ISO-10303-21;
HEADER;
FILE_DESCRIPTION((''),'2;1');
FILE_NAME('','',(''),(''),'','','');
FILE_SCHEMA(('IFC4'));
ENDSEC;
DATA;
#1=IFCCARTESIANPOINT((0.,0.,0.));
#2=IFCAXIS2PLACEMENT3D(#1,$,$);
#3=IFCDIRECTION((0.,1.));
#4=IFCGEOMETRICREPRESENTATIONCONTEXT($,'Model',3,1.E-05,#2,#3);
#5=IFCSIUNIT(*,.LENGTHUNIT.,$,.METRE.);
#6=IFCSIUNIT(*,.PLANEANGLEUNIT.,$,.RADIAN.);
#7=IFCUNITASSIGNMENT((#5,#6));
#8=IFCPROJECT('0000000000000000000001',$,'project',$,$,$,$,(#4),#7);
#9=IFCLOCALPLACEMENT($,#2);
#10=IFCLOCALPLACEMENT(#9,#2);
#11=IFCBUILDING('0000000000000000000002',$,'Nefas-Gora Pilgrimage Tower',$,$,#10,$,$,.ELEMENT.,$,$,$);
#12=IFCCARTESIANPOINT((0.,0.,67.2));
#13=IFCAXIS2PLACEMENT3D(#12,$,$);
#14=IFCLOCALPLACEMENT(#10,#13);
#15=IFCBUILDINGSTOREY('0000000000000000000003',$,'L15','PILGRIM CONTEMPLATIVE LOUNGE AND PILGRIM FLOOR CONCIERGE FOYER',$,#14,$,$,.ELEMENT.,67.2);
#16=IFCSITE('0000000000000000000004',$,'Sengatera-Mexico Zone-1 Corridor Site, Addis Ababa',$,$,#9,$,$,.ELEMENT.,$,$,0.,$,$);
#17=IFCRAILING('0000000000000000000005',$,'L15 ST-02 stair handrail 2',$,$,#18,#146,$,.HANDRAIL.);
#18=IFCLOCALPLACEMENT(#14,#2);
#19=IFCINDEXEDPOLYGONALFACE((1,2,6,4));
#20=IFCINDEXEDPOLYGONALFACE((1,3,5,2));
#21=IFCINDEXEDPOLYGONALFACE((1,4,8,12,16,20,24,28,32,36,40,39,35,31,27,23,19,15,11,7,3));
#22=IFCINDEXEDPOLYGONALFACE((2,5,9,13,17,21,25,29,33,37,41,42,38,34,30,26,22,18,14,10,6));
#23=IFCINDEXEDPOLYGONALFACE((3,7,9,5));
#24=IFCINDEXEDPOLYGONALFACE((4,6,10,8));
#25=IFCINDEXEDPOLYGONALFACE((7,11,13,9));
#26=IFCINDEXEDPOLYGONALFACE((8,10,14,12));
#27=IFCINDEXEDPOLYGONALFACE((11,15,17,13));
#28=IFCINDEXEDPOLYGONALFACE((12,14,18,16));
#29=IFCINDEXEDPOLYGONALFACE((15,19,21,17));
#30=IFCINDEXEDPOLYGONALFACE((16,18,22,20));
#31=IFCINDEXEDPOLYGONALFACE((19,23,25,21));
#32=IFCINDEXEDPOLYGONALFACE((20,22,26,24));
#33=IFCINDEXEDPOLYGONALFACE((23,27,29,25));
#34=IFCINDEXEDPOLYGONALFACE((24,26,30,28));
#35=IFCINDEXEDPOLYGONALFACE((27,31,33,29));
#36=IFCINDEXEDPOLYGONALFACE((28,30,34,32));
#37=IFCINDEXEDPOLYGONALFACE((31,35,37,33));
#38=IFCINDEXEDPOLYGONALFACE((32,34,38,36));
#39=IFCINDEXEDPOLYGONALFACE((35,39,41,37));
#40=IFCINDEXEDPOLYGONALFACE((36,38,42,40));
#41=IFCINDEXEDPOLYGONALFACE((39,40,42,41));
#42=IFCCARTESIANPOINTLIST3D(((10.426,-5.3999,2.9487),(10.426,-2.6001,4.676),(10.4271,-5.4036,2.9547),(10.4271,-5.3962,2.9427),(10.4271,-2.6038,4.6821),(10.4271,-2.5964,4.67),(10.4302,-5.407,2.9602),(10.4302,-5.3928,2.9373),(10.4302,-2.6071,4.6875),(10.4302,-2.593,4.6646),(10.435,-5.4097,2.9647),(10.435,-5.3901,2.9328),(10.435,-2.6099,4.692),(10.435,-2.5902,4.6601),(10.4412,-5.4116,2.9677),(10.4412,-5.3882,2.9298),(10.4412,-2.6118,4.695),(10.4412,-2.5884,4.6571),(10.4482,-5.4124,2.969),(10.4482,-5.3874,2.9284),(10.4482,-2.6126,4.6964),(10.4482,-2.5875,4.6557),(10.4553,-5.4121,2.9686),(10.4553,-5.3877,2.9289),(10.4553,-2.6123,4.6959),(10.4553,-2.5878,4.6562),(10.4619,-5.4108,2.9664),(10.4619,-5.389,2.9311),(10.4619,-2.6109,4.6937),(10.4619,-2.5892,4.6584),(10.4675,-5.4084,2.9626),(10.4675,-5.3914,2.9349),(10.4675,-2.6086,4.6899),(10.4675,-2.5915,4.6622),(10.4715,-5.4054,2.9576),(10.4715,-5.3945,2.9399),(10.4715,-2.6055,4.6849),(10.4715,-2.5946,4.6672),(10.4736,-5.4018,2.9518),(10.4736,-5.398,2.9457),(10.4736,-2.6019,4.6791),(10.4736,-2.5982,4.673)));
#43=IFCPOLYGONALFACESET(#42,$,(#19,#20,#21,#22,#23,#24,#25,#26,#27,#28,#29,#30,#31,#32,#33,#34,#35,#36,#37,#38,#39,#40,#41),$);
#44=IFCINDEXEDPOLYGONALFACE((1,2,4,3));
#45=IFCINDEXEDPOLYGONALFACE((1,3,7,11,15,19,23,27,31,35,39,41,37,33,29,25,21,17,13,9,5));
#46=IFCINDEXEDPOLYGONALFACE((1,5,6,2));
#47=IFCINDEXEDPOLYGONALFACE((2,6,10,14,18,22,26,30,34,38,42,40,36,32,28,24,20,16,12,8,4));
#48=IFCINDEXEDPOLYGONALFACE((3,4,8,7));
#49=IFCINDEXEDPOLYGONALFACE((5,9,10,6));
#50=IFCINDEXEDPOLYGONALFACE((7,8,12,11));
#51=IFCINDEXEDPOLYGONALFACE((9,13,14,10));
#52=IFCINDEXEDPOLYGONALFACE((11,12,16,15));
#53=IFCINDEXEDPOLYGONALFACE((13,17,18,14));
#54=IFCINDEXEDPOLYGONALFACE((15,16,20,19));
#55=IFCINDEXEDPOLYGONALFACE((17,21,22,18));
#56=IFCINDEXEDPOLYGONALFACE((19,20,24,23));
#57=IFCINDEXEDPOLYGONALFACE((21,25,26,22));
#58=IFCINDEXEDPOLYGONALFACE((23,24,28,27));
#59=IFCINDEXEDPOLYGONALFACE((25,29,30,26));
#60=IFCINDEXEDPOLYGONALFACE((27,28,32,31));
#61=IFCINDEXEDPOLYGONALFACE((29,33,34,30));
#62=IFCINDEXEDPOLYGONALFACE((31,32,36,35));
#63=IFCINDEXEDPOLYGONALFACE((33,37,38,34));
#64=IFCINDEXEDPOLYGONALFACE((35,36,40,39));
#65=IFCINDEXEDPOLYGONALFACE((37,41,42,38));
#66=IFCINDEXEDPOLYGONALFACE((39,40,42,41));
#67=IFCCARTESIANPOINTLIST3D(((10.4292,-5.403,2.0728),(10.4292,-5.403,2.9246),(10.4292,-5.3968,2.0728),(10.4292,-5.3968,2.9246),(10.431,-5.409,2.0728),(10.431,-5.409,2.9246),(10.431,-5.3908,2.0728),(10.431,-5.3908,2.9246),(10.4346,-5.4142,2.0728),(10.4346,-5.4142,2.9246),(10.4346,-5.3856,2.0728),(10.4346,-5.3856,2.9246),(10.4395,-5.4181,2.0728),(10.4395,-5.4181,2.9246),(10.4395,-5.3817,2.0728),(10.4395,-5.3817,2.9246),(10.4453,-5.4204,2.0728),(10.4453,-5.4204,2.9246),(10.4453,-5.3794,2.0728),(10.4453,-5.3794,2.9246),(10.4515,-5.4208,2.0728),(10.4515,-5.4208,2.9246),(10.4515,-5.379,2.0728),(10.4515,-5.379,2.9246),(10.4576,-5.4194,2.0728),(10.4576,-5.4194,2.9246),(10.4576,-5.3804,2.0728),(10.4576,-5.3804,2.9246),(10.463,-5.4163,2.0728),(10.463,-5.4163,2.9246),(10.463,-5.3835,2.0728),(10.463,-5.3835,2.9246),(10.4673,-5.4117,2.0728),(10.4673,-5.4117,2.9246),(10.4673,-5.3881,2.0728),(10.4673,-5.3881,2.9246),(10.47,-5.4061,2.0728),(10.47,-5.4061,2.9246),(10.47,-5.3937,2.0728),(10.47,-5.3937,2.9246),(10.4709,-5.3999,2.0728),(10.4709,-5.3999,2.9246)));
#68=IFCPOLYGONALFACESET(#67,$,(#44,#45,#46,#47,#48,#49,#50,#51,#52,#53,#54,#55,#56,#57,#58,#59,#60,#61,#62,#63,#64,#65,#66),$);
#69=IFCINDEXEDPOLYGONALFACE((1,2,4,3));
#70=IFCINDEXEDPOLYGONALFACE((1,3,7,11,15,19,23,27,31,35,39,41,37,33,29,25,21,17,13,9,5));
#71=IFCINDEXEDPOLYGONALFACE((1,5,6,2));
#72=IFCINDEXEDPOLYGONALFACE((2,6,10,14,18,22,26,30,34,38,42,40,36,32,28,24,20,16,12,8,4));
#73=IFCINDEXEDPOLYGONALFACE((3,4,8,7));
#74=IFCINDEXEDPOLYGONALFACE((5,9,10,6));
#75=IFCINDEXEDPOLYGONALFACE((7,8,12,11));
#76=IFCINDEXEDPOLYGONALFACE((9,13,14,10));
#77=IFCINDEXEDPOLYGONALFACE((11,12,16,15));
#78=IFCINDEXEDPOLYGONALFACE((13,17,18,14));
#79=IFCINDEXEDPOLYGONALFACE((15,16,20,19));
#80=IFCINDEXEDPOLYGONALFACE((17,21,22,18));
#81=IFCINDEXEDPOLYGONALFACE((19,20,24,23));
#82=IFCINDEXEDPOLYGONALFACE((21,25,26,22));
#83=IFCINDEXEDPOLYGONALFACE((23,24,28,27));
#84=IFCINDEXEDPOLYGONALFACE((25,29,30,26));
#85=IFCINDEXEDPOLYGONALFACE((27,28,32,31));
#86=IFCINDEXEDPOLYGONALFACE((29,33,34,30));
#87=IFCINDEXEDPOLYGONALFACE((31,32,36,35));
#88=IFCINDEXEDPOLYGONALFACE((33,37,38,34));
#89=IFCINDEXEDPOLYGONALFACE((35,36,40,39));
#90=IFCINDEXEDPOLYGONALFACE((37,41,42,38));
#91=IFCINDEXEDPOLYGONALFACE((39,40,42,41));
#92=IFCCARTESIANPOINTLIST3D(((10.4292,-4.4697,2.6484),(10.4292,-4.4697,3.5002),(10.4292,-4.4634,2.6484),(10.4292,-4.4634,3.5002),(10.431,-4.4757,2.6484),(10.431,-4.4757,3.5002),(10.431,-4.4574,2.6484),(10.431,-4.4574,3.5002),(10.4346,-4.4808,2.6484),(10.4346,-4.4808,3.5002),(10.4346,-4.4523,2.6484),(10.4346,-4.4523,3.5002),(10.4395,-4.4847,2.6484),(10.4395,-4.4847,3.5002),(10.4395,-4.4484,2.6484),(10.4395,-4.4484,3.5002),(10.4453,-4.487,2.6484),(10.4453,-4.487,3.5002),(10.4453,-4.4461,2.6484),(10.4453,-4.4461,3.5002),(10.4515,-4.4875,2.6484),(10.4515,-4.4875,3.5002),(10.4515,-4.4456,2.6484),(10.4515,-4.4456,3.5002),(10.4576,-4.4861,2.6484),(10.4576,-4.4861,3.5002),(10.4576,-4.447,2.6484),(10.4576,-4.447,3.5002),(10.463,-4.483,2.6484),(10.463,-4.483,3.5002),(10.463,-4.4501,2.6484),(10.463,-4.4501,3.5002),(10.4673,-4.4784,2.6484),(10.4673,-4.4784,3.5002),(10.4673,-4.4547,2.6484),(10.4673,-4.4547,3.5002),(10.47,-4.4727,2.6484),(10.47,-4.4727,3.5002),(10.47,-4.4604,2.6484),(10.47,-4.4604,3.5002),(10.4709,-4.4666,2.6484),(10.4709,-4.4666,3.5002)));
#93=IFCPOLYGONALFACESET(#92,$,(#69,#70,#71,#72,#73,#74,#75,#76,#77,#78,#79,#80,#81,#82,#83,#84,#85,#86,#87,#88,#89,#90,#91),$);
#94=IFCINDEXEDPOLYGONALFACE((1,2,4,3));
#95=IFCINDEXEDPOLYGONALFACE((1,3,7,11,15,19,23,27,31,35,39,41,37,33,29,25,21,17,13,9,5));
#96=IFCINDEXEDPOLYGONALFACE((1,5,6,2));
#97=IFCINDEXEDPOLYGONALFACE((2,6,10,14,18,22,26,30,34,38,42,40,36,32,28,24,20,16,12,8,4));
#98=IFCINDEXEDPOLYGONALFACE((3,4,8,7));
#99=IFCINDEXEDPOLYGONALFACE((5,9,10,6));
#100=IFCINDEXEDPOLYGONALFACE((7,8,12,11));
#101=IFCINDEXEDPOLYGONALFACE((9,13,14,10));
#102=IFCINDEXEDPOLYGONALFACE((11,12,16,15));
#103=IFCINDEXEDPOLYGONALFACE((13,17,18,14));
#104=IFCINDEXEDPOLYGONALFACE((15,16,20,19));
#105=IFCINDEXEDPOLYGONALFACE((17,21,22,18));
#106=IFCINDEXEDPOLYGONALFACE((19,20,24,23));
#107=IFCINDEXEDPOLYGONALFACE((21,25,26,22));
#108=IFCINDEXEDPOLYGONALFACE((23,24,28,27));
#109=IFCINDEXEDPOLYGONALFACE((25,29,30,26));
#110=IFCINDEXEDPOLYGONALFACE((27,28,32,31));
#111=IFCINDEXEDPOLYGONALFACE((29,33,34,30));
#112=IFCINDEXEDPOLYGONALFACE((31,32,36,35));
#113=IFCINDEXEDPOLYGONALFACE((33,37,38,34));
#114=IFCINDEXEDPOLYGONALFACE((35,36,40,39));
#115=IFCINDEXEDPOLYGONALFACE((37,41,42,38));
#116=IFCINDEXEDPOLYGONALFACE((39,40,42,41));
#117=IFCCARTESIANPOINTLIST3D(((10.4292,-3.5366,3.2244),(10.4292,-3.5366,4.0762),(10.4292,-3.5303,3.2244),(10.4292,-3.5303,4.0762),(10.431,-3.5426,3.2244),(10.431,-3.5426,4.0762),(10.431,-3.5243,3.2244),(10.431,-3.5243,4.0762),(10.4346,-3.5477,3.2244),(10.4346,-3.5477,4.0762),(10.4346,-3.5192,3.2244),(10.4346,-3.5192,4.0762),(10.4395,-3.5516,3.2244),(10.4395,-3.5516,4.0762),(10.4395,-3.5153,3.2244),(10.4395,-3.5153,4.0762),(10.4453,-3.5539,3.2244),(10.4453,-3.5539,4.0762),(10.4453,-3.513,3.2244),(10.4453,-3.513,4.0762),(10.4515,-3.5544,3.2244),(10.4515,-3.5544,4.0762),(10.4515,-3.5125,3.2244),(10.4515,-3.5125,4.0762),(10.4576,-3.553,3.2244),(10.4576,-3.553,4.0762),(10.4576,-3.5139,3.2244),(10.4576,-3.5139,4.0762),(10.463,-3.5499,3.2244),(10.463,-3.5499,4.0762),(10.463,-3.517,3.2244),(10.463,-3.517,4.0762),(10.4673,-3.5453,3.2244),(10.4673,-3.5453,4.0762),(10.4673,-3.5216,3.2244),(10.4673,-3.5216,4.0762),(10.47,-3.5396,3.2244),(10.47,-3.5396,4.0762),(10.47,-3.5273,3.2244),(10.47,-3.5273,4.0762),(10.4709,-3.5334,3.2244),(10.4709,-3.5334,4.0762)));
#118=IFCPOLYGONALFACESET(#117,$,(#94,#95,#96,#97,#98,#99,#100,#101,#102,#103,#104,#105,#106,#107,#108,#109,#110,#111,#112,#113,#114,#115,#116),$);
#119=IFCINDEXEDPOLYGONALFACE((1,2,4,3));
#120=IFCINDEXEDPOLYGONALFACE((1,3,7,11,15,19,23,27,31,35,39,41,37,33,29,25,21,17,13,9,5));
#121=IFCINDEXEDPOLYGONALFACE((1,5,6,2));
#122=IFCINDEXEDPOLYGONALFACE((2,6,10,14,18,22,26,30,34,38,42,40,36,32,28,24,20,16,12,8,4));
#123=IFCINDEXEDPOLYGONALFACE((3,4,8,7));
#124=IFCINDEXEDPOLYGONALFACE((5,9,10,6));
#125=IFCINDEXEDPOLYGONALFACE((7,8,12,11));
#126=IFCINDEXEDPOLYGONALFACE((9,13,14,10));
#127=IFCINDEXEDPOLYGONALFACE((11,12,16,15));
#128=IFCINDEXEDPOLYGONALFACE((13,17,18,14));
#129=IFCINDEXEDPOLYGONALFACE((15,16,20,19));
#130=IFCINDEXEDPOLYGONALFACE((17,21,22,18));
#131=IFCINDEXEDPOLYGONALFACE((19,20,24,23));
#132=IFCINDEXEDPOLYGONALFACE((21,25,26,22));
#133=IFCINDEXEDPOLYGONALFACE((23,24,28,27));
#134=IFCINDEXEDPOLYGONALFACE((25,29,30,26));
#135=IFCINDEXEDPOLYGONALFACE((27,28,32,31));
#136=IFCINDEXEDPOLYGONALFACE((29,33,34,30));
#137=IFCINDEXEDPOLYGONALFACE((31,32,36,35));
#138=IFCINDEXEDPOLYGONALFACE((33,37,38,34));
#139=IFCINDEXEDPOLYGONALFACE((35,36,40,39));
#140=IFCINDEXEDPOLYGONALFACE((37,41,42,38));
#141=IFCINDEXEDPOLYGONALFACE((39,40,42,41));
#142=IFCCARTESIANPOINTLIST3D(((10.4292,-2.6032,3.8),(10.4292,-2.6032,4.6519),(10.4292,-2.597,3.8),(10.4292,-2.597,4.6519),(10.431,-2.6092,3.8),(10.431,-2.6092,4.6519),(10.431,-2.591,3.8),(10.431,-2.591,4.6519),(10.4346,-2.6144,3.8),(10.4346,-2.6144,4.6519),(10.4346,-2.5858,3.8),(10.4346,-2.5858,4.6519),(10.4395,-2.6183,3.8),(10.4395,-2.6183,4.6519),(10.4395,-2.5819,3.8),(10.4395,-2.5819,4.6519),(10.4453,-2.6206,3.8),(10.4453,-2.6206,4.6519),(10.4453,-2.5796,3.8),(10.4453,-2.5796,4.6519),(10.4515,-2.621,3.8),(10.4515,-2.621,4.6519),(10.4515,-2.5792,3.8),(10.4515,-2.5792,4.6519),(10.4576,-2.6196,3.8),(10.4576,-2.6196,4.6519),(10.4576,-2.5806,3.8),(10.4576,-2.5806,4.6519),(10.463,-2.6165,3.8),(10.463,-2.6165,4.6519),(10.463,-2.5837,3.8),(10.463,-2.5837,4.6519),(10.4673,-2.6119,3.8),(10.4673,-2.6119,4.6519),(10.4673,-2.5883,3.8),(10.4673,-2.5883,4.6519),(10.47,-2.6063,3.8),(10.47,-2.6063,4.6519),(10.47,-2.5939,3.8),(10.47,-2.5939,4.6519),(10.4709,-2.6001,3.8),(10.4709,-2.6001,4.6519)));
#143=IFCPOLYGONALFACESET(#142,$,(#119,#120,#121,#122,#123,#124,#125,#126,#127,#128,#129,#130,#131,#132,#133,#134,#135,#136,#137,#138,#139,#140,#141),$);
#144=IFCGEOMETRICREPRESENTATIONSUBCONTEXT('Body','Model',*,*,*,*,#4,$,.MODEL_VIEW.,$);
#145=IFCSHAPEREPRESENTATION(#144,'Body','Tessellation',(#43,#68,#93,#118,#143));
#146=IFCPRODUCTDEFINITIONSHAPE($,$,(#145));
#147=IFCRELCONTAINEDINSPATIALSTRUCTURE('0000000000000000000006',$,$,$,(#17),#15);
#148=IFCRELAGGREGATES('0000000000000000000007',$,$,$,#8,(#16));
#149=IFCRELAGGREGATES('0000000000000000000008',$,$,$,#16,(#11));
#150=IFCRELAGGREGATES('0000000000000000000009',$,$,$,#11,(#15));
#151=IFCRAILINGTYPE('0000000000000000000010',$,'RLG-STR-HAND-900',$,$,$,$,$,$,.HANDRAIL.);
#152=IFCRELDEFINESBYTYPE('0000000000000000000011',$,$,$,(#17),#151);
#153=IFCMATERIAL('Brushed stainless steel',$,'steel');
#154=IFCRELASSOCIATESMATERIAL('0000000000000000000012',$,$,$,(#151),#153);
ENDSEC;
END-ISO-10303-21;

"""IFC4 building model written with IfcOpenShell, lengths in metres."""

from ifc_helpers import new_model, si_unit, direction, frame, origin, origin_2d, place, context, subcontext, project, spatial, circle, extrude, material, type_object, element, save


model = new_model("IFC4")

# Units and contexts
model_context = context("Model", 3, precision=1e-05, world=origin(), true_north=direction((0.0, 1.0)))
body_context = subcontext(model_context, "Body", "Model", "MODEL_VIEW")
ifc_project = project(units=[si_unit("LENGTHUNIT", "METRE"), si_unit("PLANEANGLEUNIT", "RADIAN")], contexts=[model_context])

# Site, building, storey
site_placement = place(None, origin())
site = spatial("IfcSite", under=ifc_project, at=site_placement, Name="Sengatera-Mexico Zone-1 Corridor Site, Addis Ababa", CompositionType="ELEMENT", RefElevation=0.0)
building_placement = place(site_placement, origin())
building = spatial("IfcBuilding", under=site, at=building_placement, Name="Nefas-Gora Pilgrimage Tower", CompositionType="ELEMENT")
storey_placement = place(building_placement, frame((0.0, 0.0, 67.2)))
storey = spatial("IfcBuildingStorey", under=building, at=storey_placement, Name="L15", Description="PILGRIM CONTEMPLATIVE LOUNGE AND PILGRIM FLOOR CONCIERGE FOYER", CompositionType="ELEMENT", Elevation=67.2)

# Railing
ifc_material_1 = material(Name="Brushed stainless steel", Category="steel")
railing_type_1 = type_object("IfcRailingType", Name="RLG-STR-HAND-900", PredefinedType="HANDRAIL", material=ifc_material_1)
railing_1_placement = place(storey_placement, frame((10.45, -5.3999, 2.0728)))
element("IfcRailing", 1, at=railing_1_placement, inside=storey, type_object=railing_type_1, Name="L15 ST-02 stair handrail 2", PredefinedType="HANDRAIL", context=body_context, shape_type="SweptSolid", body=[
    extrude(circle(Radius=0.0239, at=origin_2d()), frame((0.0, 0.0, 0.876), z_axis=(0.0, 0.851069, 0.525054), x_axis=(-1.0, 0.0, 0.0)), (0.0, 0.0, 1.0), 3.2898),
    extrude(circle(Radius=0.021, at=origin_2d()), origin(), (0.0, 0.0, 1.0), 0.8518),
    extrude(circle(Radius=0.021, at=origin_2d()), frame((0.0, 0.9333, 0.5757)), (0.0, 0.0, 1.0), 0.8518),
    extrude(circle(Radius=0.021, at=origin_2d()), frame((0.0, 1.8665, 1.1516)), (0.0, 0.0, 1.0), 0.8518),
    extrude(circle(Radius=0.021, at=origin_2d()), frame((0.0, 2.7998, 1.7273)), (0.0, 0.0, 1.0), 0.8518),
])

save(model, "model.ifc")
